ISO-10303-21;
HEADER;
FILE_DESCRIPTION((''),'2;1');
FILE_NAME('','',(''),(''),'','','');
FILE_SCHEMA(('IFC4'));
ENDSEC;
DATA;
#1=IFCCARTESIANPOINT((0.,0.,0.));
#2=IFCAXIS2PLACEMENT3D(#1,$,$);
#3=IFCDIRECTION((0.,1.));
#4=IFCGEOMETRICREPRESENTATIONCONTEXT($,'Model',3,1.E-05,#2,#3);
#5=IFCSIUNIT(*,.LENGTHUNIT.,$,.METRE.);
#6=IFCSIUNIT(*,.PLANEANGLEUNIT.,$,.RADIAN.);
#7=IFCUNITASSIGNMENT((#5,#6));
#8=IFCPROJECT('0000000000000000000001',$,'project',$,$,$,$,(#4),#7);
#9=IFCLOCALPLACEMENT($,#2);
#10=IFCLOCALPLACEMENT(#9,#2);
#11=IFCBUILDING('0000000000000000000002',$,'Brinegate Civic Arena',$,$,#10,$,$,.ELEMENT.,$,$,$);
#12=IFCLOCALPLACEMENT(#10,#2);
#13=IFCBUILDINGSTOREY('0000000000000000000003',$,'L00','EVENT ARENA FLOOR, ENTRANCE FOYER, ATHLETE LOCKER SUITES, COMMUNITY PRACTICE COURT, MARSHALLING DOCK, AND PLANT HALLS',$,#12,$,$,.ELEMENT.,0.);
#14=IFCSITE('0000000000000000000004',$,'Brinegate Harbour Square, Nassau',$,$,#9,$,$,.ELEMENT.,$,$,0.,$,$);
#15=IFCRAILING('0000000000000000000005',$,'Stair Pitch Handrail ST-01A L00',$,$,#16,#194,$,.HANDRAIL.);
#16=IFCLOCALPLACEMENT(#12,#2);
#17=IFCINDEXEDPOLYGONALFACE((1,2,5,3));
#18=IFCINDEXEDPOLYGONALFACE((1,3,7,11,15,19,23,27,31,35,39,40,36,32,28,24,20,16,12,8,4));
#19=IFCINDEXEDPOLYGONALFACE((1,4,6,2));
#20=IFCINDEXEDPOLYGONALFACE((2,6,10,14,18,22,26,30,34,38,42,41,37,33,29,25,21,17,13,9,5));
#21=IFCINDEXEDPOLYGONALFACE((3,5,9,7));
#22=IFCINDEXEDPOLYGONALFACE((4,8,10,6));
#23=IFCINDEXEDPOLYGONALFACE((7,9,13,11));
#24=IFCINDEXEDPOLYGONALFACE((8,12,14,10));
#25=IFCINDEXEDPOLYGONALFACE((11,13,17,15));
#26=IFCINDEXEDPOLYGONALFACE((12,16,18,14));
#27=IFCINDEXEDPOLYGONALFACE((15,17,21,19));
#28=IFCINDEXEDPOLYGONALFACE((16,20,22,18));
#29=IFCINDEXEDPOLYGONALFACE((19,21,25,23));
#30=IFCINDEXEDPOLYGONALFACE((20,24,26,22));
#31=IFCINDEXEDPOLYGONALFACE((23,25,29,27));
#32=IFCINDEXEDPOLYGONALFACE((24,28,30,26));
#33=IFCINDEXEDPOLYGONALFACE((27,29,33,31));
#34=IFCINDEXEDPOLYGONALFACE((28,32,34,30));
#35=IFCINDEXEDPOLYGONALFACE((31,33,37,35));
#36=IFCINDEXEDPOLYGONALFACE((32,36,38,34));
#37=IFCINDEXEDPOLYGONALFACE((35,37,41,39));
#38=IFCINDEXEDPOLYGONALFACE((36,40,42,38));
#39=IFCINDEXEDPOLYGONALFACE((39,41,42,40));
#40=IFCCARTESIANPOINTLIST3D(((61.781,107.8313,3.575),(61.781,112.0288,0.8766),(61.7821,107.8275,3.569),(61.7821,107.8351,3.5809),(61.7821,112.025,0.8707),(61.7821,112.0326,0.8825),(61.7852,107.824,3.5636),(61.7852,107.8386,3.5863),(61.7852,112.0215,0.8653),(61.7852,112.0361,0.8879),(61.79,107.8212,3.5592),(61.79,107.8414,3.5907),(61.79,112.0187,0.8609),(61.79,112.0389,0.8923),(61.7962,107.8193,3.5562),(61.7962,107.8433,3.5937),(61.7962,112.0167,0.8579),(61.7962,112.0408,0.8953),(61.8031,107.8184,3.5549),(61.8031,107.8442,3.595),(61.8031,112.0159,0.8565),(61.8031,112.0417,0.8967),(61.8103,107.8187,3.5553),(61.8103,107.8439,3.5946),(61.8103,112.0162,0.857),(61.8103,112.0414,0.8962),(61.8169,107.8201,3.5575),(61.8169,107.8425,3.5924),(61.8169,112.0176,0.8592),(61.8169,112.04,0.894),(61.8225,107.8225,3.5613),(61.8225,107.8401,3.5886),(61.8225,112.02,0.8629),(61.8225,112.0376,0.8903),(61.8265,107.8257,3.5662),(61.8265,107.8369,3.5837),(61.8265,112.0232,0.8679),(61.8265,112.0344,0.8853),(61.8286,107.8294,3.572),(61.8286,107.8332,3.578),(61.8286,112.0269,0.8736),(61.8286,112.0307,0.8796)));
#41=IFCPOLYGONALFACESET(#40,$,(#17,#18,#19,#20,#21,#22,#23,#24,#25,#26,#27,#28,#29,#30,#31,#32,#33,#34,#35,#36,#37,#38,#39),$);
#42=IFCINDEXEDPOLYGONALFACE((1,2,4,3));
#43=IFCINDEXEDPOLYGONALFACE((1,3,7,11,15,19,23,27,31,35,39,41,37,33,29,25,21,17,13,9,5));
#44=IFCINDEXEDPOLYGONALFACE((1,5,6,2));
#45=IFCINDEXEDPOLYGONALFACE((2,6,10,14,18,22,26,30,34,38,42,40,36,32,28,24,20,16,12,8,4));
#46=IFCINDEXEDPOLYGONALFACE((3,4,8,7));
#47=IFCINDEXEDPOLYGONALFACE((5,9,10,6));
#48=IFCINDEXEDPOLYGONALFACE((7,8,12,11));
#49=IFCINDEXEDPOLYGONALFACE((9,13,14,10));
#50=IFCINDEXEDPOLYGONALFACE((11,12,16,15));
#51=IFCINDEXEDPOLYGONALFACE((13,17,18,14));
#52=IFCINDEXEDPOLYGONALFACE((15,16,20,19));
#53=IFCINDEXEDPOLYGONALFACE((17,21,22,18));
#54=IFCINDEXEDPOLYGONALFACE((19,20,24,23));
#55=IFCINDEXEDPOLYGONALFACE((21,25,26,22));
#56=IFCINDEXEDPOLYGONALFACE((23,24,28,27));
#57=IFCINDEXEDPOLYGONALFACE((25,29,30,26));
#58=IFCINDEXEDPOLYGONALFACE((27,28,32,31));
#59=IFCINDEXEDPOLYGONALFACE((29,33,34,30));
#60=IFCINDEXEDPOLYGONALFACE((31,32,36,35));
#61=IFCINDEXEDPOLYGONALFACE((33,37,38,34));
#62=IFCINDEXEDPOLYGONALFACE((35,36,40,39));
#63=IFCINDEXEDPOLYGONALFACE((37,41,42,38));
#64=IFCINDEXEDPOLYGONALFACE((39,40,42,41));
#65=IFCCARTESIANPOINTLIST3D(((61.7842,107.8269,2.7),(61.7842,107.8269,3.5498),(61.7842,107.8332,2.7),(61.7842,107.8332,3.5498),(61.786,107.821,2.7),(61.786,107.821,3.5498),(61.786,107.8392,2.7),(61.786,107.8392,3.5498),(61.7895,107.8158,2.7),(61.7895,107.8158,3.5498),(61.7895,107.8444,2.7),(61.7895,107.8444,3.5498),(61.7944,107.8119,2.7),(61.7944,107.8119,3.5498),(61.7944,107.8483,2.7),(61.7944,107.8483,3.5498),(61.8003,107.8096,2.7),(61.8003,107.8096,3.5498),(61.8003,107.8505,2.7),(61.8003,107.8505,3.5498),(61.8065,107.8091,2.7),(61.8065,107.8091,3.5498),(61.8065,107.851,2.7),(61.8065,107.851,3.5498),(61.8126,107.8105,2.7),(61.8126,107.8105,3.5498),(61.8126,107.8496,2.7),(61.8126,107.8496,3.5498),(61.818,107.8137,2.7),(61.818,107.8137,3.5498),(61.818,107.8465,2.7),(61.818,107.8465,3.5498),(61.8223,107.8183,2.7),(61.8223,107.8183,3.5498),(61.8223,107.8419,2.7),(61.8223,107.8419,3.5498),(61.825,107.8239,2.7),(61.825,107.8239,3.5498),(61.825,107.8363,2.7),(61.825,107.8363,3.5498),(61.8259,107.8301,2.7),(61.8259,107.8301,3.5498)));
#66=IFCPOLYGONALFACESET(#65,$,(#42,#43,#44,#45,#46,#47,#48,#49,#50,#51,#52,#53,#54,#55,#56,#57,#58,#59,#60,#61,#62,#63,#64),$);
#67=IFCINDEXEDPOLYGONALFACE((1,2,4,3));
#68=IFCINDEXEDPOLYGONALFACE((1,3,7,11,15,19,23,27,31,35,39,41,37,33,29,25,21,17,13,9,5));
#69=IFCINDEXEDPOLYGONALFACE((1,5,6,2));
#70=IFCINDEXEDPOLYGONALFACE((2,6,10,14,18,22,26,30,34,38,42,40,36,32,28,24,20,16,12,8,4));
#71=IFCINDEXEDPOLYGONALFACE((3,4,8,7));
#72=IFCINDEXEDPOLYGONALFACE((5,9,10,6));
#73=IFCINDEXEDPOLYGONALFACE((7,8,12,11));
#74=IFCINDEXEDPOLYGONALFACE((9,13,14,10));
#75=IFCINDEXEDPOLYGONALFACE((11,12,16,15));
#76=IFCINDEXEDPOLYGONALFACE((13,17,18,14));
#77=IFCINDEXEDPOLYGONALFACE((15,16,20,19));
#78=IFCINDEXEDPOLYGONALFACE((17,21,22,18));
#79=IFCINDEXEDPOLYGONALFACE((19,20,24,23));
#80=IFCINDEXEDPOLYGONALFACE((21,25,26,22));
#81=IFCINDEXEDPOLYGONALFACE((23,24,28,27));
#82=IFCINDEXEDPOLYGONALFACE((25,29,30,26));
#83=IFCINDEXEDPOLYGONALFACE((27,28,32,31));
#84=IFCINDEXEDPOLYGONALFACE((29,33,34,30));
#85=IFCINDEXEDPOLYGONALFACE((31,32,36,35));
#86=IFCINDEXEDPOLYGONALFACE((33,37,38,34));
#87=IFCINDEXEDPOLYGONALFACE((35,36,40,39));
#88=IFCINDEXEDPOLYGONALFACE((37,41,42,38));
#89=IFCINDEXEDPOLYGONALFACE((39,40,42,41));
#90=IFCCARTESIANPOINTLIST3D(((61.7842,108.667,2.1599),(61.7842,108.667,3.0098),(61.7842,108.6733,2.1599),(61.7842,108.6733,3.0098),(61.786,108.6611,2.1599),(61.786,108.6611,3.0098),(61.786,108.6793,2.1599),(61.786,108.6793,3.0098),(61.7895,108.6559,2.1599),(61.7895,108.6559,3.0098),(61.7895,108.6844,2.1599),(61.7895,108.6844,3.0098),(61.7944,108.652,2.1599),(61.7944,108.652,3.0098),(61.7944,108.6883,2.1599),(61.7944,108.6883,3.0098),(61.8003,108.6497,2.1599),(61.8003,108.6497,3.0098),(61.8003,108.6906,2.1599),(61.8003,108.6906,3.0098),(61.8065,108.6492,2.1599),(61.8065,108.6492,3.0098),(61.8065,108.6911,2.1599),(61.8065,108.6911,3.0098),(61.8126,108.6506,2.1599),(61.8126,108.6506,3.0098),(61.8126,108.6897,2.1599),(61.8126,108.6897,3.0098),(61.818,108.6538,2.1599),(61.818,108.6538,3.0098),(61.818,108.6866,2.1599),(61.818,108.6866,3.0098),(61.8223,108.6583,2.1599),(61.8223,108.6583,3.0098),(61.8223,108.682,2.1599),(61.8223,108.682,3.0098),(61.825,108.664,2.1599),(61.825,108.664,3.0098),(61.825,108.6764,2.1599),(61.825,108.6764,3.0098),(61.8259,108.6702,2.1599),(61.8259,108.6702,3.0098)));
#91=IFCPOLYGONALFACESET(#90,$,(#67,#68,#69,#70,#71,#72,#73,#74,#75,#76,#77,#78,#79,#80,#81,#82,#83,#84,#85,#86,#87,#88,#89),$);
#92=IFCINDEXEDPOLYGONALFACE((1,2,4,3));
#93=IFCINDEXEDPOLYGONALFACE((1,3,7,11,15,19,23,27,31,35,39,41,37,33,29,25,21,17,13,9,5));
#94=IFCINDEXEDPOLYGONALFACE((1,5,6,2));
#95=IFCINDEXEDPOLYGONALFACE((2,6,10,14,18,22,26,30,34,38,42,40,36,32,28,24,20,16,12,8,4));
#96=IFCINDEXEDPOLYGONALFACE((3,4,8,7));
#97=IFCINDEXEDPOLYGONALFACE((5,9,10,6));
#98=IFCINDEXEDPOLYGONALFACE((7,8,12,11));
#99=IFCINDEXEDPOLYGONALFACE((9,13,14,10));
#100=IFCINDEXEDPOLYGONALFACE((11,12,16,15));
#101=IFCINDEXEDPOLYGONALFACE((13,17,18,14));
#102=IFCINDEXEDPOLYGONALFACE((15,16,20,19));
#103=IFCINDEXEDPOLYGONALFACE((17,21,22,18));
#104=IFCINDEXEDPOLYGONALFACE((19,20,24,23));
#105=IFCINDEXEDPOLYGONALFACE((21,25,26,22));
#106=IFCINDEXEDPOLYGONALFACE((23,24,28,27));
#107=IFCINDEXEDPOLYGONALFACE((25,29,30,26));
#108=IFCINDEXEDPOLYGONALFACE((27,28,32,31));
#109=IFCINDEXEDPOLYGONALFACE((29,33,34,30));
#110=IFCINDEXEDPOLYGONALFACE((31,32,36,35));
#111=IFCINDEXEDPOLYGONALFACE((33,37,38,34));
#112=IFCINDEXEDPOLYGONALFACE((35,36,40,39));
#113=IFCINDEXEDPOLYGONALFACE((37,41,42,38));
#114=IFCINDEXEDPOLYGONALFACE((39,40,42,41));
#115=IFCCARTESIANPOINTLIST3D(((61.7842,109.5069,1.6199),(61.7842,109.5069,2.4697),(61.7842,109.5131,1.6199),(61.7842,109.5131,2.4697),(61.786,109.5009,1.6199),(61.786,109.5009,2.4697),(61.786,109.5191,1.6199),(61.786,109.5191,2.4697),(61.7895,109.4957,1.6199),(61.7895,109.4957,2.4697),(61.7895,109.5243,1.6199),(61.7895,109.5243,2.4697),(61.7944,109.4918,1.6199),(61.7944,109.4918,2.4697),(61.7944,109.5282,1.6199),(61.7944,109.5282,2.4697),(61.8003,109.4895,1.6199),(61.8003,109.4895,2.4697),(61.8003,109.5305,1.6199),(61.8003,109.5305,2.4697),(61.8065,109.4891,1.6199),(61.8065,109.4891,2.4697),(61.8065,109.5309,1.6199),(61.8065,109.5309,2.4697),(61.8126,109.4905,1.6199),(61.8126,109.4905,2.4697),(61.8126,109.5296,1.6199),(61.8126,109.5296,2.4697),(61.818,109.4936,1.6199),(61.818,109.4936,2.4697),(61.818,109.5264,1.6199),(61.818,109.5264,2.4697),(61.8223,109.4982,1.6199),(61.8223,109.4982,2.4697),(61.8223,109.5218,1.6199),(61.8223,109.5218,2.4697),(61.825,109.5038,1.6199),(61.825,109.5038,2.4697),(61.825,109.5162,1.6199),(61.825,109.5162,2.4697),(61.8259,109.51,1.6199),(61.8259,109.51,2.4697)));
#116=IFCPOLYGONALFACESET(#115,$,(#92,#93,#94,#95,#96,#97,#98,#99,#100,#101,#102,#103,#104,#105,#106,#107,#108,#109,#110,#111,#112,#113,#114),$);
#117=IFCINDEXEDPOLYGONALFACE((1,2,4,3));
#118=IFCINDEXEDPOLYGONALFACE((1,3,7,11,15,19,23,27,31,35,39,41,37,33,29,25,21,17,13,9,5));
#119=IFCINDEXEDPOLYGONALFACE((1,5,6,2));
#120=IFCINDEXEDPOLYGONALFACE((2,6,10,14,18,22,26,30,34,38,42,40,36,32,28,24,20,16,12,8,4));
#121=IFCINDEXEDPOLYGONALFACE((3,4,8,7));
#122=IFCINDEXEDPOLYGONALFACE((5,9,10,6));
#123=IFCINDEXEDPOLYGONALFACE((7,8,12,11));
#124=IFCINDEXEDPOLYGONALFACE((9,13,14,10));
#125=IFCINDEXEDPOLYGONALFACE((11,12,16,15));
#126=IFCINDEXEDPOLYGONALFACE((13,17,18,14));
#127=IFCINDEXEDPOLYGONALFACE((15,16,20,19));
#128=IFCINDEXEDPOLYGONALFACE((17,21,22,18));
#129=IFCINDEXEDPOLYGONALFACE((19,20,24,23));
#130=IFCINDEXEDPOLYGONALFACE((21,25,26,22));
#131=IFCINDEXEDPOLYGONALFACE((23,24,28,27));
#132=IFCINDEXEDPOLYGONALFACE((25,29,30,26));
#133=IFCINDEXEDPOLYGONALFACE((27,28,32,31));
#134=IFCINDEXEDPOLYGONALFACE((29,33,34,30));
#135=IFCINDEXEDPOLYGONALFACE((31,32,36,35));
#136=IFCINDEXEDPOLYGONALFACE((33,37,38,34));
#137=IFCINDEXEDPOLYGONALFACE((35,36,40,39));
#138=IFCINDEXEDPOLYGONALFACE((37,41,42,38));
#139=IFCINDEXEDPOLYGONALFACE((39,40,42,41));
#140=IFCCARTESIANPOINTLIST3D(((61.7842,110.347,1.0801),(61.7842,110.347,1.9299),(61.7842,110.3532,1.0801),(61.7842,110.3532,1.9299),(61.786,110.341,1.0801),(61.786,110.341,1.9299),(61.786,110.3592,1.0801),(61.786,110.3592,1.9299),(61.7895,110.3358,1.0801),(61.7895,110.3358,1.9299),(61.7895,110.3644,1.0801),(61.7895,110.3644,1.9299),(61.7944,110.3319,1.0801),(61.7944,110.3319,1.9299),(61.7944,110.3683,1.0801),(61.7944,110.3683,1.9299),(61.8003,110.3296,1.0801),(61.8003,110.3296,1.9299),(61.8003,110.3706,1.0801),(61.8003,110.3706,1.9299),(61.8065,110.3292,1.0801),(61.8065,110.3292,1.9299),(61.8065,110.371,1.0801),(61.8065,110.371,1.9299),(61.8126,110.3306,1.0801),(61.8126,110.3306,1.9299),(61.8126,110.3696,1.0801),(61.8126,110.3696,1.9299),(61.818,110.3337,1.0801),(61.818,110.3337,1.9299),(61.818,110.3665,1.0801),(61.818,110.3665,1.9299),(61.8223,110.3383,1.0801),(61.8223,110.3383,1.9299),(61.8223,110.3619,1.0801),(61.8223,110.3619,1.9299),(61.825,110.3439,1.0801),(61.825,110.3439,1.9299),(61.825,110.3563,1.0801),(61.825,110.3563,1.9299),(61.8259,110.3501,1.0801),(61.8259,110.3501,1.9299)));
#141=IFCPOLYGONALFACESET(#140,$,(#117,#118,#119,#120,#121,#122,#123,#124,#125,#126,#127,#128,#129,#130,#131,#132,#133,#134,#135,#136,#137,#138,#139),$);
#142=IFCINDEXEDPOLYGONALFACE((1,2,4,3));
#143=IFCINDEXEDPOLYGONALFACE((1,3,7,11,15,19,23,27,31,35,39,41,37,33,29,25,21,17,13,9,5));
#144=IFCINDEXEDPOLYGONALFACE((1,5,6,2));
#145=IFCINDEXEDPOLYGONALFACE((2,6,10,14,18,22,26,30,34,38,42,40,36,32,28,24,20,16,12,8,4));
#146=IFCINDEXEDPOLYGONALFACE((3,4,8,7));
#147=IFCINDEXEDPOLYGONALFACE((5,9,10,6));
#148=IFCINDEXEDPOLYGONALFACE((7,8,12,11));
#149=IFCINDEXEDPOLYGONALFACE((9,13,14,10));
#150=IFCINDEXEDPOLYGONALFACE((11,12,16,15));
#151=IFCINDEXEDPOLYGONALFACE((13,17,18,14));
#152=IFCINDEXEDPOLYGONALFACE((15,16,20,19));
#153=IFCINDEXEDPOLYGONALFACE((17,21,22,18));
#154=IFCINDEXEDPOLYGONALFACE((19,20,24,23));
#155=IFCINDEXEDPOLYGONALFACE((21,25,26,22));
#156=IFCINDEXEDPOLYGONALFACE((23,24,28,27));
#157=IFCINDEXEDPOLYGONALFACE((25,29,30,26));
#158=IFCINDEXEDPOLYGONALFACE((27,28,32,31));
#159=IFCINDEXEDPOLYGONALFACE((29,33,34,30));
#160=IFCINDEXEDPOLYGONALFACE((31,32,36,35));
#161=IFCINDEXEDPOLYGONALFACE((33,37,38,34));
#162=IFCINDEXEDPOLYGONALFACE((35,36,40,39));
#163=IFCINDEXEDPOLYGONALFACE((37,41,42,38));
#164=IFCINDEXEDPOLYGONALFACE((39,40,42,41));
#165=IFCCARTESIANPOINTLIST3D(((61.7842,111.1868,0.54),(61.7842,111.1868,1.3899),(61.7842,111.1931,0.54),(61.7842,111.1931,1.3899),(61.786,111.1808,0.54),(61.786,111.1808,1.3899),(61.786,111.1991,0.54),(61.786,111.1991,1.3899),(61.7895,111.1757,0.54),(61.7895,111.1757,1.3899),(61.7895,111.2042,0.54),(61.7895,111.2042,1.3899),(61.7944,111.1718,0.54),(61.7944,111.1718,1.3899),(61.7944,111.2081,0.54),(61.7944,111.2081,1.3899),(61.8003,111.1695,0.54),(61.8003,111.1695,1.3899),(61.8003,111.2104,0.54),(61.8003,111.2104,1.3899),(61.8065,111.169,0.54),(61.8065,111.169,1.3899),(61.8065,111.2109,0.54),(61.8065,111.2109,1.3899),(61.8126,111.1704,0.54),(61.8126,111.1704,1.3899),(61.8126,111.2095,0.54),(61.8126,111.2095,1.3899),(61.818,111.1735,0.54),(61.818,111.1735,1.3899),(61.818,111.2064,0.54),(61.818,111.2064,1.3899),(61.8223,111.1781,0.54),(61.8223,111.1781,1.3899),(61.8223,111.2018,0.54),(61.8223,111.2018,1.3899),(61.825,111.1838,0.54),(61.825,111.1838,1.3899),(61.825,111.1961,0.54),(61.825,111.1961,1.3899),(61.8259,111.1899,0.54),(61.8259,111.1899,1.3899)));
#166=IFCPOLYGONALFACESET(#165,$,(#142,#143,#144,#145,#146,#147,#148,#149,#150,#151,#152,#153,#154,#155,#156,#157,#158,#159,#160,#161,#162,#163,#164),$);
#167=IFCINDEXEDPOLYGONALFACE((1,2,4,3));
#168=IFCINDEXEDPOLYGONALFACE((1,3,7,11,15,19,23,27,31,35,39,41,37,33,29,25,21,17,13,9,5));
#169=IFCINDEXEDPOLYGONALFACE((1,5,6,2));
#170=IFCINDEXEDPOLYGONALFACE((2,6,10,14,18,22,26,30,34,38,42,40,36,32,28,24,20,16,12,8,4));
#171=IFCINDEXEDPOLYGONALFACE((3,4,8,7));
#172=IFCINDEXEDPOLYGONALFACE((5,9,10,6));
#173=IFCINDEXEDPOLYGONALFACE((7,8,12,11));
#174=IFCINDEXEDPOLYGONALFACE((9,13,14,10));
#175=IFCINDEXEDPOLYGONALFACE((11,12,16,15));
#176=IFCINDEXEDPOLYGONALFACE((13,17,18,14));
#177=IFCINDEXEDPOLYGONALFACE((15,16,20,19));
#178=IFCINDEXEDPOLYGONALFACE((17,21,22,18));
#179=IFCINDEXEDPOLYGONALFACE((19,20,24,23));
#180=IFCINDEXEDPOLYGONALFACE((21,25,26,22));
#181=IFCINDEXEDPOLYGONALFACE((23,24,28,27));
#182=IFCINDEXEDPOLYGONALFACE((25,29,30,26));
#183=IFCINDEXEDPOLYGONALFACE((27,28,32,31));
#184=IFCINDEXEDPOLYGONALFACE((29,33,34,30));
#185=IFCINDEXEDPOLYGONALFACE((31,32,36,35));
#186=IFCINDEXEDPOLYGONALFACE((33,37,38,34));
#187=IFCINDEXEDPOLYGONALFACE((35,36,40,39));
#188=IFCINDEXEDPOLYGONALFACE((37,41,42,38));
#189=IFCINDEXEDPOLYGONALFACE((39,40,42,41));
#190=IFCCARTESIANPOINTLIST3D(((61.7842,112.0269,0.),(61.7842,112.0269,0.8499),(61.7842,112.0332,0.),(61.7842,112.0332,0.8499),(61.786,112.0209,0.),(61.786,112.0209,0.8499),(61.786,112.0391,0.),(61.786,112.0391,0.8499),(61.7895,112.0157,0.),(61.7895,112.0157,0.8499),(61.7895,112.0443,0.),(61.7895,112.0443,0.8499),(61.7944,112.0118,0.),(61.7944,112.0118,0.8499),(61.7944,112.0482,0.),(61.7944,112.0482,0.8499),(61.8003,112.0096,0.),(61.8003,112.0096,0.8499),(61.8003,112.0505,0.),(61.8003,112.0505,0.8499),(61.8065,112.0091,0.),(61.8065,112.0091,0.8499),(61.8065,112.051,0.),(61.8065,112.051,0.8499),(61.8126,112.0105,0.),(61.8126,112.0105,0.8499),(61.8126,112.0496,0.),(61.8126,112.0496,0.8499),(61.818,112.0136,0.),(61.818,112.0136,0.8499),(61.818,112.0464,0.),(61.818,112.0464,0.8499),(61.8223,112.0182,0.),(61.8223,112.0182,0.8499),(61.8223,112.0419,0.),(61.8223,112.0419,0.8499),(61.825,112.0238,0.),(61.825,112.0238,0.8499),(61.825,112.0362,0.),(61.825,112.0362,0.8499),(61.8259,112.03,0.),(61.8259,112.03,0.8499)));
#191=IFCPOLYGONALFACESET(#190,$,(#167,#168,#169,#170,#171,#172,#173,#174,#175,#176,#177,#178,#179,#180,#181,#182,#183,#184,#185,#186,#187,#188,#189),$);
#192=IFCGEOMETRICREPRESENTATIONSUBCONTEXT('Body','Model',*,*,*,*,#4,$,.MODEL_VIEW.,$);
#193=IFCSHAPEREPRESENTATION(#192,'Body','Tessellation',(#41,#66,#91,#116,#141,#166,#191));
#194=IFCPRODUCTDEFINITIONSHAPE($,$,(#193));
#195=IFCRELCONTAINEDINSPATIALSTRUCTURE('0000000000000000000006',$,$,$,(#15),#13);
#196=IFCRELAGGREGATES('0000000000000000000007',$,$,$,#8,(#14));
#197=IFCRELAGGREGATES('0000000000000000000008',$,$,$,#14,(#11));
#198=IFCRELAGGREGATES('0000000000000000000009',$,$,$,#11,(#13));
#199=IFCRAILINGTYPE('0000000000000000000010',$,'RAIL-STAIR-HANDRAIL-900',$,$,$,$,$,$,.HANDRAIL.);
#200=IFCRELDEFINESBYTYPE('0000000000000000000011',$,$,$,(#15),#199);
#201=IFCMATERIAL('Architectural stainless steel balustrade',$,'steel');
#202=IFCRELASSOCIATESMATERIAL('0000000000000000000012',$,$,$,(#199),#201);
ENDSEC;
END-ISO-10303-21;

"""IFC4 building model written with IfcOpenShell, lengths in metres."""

from ifc_helpers import new_model, si_unit, direction, frame, origin, origin_2d, place, context, subcontext, project, spatial, circle, extrude, material, type_object, element, save


model = new_model("IFC4")

# Units and contexts
model_context = context("Model", 3, precision=1e-05, world=origin(), true_north=direction((0.0, 1.0)))
body_context = subcontext(model_context, "Body", "Model", "MODEL_VIEW")
ifc_project = project(units=[si_unit("LENGTHUNIT", "METRE"), si_unit("PLANEANGLEUNIT", "RADIAN")], contexts=[model_context])

# Site, building, storey
site_placement = place(None, origin())
site = spatial("IfcSite", under=ifc_project, at=site_placement, Name="Brinegate Harbour Square, Nassau", CompositionType="ELEMENT", RefElevation=0.0)
building_placement = place(site_placement, origin())
building = spatial("IfcBuilding", under=site, at=building_placement, Name="Brinegate Civic Arena", CompositionType="ELEMENT")
storey_placement = place(building_placement, origin())
storey = spatial("IfcBuildingStorey", under=building, at=storey_placement, Name="L00", Description="EVENT ARENA FLOOR, ENTRANCE FOYER, ATHLETE LOCKER SUITES, COMMUNITY PRACTICE COURT, MARSHALLING DOCK, AND PLANT HALLS", CompositionType="ELEMENT", Elevation=0.0)

# Railing
ifc_material_1 = material(Name="Architectural stainless steel balustrade", Category="steel")
railing_type = type_object("IfcRailingType", Name="RAIL-STAIR-HANDRAIL-900", PredefinedType="HANDRAIL", material=ifc_material_1)
for number, where, name in (
    (1, (61.8049, 107.8301, 2.7), "Stair Pitch Handrail ST-01A L00"),
):
    element("IfcRailing", number, at=place(storey_placement, frame(where)), inside=storey, type_object=railing_type, Name=name, PredefinedType="HANDRAIL", context=body_context, shape_type="SweptSolid", body=[
        extrude(circle(Radius=0.0239, at=origin_2d()), frame((0.0, 0.0012, 0.875), z_axis=(0.0, 0.84118, -0.540755), x_axis=(-1.0, 0.0, 0.0)), (0.0, 0.0, 1.0), 4.99),
        extrude(circle(Radius=0.021, at=origin_2d()), origin(), (0.0, 0.0, 1.0), 0.8499),
        extrude(circle(Radius=0.021, at=origin_2d()), frame((0.0, 0.8401, -0.54)), (0.0, 0.0, 1.0), 0.8499),
        extrude(circle(Radius=0.021, at=origin_2d()), frame((0.0, 1.6799, -1.0801)), (0.0, 0.0, 1.0), 0.8499),
        extrude(circle(Radius=0.021, at=origin_2d()), frame((0.0, 2.52, -1.6199)), (0.0, 0.0, 1.0), 0.8499),
        extrude(circle(Radius=0.021, at=origin_2d()), frame((0.0, 3.3599, -2.1599)), (0.0, 0.0, 1.0), 0.8499),
        extrude(circle(Radius=0.021, at=origin_2d()), frame((0.0, 4.2, -2.7)), (0.0, 0.0, 1.0), 0.8499),
    ])

save(model, "model.ifc")
